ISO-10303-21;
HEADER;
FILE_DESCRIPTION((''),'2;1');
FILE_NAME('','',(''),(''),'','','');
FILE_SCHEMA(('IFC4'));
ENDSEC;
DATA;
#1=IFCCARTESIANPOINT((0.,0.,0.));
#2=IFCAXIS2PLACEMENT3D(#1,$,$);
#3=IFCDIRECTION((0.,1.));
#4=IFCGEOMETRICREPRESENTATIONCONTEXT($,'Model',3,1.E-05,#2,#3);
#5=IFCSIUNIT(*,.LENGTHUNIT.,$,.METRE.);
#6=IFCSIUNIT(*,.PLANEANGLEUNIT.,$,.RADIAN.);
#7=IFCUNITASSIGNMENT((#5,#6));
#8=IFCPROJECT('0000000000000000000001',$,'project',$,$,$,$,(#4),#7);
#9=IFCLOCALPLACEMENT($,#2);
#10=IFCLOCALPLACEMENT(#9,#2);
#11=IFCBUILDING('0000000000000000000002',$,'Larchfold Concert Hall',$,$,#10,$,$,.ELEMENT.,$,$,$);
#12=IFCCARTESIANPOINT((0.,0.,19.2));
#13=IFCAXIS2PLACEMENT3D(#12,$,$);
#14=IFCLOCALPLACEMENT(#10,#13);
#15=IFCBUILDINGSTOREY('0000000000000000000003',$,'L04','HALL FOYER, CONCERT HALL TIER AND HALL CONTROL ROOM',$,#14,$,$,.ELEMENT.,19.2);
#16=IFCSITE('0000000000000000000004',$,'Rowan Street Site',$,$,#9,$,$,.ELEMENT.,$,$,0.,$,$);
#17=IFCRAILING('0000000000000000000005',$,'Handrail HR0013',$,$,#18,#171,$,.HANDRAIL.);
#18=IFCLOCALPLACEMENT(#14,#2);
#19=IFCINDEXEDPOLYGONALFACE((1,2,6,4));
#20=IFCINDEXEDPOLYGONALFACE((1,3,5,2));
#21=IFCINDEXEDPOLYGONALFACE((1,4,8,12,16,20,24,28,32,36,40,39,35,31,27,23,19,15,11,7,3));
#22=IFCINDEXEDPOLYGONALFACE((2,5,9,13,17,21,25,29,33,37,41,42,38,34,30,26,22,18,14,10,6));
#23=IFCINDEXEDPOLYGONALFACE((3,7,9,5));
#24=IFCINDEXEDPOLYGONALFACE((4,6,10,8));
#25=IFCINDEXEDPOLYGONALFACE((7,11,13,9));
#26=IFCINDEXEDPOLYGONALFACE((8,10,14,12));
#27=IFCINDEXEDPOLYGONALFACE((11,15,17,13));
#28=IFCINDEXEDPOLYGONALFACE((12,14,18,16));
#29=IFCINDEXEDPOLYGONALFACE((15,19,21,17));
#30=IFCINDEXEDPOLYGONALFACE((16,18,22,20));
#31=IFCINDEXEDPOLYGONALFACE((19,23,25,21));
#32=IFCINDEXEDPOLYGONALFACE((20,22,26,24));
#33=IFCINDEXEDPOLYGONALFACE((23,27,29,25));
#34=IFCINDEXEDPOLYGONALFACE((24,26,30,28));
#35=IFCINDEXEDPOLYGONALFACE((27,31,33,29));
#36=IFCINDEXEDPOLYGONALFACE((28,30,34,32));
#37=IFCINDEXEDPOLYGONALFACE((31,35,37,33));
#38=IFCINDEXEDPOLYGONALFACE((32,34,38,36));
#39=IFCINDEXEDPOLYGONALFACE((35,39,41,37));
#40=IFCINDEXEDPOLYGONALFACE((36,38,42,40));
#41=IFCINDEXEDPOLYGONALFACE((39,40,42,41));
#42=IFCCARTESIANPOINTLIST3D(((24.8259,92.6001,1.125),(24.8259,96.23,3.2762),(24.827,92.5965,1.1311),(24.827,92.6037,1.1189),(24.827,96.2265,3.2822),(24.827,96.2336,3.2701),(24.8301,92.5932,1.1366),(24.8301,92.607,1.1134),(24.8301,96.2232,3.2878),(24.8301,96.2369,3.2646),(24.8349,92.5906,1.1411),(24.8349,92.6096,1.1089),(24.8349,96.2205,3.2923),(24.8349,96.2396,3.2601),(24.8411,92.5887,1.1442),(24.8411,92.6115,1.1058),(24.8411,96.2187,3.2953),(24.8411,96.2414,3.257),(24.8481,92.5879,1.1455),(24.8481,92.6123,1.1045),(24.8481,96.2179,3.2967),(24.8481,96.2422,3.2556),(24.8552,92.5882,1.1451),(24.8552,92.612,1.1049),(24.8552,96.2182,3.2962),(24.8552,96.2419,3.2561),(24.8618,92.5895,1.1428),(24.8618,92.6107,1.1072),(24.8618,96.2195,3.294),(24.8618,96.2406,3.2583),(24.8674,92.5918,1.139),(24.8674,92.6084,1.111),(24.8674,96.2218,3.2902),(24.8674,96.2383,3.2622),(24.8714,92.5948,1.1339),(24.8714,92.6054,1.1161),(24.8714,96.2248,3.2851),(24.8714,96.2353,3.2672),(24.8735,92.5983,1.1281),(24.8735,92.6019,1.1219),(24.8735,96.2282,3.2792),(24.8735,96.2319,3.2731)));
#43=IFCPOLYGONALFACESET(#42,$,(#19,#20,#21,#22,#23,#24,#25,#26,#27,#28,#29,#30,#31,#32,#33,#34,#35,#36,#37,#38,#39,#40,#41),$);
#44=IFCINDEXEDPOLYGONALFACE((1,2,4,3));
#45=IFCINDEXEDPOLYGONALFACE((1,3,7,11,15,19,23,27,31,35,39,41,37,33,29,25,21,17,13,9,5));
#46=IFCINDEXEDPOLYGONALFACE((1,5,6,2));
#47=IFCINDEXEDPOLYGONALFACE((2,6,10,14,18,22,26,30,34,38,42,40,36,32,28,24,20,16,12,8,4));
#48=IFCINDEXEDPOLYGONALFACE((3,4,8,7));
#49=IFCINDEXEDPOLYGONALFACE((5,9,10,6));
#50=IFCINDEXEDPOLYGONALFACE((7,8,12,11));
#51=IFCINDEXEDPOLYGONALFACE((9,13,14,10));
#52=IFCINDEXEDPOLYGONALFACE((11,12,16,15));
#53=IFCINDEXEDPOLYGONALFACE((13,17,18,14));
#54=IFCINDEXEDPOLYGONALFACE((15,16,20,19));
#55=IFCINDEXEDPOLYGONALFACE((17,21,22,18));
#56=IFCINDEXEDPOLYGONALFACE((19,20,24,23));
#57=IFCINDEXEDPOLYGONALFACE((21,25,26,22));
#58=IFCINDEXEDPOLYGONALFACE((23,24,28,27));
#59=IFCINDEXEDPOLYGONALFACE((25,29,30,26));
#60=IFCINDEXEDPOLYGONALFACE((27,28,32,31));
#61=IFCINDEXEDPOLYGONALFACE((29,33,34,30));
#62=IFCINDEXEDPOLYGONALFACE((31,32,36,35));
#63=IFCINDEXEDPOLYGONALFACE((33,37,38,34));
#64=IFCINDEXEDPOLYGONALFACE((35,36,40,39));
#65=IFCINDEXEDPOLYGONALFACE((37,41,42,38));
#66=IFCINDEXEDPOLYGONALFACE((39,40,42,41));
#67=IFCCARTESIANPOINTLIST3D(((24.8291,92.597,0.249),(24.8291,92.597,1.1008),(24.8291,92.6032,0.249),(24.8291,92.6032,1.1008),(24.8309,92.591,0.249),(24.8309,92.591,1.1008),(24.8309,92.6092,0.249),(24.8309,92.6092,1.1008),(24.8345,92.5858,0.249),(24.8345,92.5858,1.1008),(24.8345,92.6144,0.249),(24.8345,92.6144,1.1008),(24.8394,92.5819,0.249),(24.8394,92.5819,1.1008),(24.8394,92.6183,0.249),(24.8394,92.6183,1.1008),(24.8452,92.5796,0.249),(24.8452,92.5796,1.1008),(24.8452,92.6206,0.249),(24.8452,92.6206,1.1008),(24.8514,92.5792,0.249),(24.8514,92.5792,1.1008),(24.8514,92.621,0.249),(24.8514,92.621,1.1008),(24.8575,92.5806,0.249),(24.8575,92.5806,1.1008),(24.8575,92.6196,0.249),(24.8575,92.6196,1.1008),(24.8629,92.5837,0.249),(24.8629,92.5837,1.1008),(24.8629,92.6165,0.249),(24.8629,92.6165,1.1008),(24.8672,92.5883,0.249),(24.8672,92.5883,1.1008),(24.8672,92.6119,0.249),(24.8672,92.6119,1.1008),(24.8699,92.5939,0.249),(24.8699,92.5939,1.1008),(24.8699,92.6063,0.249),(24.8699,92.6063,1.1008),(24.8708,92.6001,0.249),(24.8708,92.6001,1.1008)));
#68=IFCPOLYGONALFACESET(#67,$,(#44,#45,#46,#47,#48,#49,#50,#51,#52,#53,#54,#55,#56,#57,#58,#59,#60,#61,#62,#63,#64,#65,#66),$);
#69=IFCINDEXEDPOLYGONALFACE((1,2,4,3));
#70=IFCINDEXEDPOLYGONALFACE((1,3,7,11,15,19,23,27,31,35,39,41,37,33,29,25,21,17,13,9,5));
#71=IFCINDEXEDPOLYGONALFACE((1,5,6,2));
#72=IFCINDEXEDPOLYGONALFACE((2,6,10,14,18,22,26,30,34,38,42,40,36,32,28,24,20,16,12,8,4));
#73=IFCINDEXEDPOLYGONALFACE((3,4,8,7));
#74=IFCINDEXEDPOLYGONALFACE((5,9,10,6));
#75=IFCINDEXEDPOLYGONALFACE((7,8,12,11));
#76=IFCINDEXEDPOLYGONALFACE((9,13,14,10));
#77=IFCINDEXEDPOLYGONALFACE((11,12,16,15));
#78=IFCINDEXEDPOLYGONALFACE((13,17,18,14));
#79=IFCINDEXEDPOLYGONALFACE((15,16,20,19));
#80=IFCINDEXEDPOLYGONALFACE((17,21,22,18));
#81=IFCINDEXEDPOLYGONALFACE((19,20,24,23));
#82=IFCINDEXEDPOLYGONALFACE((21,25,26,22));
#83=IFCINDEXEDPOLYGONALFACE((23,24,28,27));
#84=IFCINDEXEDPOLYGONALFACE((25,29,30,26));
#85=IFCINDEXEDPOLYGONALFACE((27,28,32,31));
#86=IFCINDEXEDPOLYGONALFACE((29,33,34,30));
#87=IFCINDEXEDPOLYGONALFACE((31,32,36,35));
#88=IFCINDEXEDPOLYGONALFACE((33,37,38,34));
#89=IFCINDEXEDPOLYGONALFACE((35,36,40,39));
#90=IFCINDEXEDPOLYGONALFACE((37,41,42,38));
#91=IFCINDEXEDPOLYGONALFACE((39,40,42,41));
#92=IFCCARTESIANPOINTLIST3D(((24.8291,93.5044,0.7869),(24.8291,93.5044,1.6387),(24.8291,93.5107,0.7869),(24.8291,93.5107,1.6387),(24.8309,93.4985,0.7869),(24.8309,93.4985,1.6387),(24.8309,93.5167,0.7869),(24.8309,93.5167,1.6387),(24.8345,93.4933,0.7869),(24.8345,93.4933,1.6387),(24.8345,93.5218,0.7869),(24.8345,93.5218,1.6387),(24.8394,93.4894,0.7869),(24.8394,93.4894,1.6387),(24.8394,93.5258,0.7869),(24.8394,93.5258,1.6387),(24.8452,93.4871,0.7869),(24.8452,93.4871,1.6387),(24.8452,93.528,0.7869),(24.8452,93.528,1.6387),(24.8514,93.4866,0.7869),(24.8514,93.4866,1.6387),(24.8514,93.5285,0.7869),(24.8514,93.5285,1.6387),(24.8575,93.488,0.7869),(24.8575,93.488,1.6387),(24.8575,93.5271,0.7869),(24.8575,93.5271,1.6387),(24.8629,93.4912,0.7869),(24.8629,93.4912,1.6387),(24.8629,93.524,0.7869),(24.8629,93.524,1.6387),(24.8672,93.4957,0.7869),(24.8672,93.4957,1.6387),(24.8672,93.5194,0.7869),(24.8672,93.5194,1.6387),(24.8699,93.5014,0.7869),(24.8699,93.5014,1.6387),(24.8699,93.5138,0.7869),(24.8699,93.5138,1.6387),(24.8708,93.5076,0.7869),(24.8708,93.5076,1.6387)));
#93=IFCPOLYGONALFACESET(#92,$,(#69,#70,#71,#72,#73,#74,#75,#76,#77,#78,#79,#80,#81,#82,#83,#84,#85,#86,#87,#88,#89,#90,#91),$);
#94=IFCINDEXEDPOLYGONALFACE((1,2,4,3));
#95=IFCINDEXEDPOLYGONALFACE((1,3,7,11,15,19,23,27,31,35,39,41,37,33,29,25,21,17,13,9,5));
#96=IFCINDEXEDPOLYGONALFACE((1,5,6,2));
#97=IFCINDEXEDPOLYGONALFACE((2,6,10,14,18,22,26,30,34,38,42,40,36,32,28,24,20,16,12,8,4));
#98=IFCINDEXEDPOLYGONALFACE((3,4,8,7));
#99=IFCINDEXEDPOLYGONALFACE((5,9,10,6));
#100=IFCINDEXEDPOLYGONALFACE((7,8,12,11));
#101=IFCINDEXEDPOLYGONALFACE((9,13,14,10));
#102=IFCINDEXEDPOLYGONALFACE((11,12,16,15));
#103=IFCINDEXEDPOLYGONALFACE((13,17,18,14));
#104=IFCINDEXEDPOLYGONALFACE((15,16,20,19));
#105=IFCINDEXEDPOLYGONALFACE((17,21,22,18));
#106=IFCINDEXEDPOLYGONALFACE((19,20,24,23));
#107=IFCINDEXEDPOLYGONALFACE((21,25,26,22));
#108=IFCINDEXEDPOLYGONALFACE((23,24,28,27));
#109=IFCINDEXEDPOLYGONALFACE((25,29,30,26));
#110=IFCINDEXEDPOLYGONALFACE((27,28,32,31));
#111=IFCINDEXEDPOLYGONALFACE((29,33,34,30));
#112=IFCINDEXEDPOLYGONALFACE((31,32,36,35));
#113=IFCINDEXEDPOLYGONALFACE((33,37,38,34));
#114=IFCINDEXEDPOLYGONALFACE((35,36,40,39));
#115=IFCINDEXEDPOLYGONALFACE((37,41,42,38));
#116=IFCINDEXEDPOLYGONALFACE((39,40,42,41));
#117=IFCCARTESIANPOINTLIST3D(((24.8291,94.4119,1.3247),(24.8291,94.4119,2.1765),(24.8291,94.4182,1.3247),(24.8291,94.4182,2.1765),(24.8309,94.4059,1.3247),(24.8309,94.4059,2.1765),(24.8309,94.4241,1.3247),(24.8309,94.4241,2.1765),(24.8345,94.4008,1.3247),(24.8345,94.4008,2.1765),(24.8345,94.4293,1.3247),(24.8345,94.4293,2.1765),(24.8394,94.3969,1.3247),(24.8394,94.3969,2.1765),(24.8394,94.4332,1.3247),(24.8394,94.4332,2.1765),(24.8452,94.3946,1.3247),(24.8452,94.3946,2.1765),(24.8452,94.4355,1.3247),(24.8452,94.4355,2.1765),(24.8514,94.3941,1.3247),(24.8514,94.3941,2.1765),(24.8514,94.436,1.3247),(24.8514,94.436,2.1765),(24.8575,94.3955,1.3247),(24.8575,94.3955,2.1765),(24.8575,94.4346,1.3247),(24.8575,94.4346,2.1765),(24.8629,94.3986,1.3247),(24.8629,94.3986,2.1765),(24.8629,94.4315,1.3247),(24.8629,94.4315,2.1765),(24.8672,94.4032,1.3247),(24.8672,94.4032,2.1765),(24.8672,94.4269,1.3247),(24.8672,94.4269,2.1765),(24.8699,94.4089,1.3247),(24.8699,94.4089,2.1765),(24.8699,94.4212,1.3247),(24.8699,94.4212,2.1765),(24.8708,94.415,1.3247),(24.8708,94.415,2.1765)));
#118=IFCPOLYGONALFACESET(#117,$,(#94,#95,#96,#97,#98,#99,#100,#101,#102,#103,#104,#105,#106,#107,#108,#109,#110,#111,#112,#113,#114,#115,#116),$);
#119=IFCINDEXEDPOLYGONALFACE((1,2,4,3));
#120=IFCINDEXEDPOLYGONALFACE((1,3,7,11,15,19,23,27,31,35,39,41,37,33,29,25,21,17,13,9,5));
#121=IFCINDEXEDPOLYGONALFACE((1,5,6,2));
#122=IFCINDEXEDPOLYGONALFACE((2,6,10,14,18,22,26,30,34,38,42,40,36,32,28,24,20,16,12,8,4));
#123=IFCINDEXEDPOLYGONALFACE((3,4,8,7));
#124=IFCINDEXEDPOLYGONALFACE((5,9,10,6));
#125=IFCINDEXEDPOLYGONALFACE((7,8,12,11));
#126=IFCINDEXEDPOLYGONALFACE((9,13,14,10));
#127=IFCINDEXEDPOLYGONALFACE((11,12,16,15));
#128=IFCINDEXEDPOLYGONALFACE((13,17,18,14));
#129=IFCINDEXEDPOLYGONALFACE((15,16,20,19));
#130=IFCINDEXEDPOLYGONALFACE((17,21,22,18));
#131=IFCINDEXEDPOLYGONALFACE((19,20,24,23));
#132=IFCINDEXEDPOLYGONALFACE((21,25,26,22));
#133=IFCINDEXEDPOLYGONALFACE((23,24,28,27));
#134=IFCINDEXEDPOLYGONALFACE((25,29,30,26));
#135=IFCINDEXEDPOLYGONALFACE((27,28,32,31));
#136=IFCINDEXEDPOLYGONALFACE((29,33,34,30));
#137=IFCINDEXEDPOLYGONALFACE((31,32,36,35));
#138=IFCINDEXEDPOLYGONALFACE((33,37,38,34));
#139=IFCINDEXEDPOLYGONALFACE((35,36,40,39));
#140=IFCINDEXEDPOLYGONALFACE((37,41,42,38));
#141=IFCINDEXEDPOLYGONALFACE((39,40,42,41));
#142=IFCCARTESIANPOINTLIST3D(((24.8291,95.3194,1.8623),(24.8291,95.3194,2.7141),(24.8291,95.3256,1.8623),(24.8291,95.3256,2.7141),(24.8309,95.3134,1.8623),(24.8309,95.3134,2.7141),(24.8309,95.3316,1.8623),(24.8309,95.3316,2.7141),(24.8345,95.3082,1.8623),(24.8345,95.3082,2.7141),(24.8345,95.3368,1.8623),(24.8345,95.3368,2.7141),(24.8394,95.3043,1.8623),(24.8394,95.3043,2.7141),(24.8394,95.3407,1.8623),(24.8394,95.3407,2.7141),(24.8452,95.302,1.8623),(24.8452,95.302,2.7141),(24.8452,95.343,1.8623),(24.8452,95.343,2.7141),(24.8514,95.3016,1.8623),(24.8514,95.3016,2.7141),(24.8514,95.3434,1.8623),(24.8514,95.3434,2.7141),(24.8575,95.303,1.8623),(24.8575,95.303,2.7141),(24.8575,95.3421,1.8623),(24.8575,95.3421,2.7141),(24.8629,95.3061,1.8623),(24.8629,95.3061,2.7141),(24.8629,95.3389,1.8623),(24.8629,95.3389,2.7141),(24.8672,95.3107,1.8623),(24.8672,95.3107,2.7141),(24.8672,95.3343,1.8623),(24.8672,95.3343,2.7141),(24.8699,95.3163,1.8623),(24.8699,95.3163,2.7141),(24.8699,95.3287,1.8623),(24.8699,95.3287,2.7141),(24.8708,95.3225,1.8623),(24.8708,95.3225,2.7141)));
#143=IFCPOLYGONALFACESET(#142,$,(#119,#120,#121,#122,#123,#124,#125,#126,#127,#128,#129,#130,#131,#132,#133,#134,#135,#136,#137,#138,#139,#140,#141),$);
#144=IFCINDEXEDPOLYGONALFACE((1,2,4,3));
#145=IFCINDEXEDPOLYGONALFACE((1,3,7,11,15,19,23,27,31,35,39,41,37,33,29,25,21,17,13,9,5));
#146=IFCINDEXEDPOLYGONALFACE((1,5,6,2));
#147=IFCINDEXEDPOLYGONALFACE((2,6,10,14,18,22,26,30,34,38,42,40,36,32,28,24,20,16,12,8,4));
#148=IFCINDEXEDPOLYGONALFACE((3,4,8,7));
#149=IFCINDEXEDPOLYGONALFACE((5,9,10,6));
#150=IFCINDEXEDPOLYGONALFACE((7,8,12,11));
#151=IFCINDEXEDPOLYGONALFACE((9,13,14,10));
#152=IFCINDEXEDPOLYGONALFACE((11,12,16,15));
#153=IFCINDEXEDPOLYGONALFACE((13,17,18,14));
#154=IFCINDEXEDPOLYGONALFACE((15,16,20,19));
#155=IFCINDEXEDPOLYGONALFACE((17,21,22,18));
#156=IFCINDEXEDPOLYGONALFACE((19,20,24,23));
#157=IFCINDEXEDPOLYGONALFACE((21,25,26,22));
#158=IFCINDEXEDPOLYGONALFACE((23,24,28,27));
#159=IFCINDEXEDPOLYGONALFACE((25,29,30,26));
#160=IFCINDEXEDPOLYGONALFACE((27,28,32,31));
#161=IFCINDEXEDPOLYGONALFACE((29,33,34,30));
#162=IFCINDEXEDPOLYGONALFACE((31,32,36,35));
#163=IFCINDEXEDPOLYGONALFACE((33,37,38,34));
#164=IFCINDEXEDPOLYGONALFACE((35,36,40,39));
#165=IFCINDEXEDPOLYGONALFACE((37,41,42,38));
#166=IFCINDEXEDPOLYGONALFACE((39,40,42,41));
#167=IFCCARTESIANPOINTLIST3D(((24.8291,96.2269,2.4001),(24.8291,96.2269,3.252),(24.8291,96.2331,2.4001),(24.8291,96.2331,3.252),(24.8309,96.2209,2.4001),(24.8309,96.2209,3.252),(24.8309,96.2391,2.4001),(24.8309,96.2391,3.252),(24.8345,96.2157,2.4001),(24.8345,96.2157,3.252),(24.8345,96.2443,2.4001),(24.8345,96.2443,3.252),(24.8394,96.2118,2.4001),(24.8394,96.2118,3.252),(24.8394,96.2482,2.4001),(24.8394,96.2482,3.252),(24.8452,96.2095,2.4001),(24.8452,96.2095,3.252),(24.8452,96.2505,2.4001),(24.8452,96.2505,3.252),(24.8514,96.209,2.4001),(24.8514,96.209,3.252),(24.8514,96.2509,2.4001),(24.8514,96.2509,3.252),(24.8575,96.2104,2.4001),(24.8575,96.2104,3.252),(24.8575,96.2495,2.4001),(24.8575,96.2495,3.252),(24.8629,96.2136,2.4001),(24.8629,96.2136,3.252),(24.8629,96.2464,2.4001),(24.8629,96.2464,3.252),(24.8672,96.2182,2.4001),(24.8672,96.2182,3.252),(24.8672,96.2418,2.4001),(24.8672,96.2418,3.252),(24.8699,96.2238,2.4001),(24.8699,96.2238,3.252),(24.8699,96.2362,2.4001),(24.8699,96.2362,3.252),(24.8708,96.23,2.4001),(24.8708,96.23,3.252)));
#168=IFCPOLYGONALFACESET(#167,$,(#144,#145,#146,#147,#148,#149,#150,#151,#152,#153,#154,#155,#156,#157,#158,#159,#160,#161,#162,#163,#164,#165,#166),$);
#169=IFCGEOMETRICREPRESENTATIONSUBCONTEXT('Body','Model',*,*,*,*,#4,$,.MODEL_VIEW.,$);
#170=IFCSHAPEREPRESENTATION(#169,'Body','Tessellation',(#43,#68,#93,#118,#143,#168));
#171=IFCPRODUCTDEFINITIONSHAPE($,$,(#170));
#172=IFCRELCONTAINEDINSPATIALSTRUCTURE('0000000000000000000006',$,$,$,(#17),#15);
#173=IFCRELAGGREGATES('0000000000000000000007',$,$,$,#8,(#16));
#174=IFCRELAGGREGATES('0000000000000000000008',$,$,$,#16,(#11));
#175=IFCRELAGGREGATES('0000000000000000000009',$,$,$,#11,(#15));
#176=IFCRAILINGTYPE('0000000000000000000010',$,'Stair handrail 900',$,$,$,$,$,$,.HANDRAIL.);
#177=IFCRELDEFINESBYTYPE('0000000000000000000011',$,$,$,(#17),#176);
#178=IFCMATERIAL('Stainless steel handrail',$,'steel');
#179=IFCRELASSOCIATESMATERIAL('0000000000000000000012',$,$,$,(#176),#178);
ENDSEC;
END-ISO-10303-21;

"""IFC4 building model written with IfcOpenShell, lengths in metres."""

from ifc_helpers import new_model, si_unit, direction, frame, origin, origin_2d, place, context, subcontext, project, spatial, circle, extrude, material, type_object, element, save


model = new_model("IFC4")

# Units and contexts
model_context = context("Model", 3, precision=1e-05, world=origin(), true_north=direction((0.0, 1.0)))
body_context = subcontext(model_context, "Body", "Model", "MODEL_VIEW")
ifc_project = project(units=[si_unit("LENGTHUNIT", "METRE"), si_unit("PLANEANGLEUNIT", "RADIAN")], contexts=[model_context])

# Site, building, storey
site_placement = place(None, origin())
site = spatial("IfcSite", under=ifc_project, at=site_placement, Name="Rowan Street Site", CompositionType="ELEMENT", RefElevation=0.0)
building_placement = place(site_placement, origin())
building = spatial("IfcBuilding", under=site, at=building_placement, Name="Larchfold Concert Hall", CompositionType="ELEMENT")
storey_placement = place(building_placement, frame((0.0, 0.0, 19.2)))
storey = spatial("IfcBuildingStorey", under=building, at=storey_placement, Name="L04", Description="HALL FOYER, CONCERT HALL TIER AND HALL CONTROL ROOM", CompositionType="ELEMENT", Elevation=19.2)

# Railing
ifc_material_1 = material(Name="Stainless steel handrail", Category="steel")
railing_type_1 = type_object("IfcRailingType", Name="Stair handrail 900", PredefinedType="HANDRAIL", material=ifc_material_1)
railing_1_placement = place(storey_placement, frame((24.8499, 92.6001, 0.249)))
element("IfcRailing", 1, at=railing_1_placement, inside=storey, type_object=railing_type_1, Name="Handrail HR0013", PredefinedType="HANDRAIL", context=body_context, shape_type="SweptSolid", body=[
    extrude(circle(Radius=0.0239, at=origin_2d()), frame((0.0, 0.0, 0.876), z_axis=(0.0, 0.860283, 0.509817), x_axis=(-1.0, 0.0, 0.0)), (0.0, 0.0, 1.0), 4.2195),
    extrude(circle(Radius=0.021, at=origin_2d()), origin(), (0.0, 0.0, 1.0), 0.8518),
    extrude(circle(Radius=0.021, at=origin_2d()), frame((0.0, 0.9075, 0.5378)), (0.0, 0.0, 1.0), 0.8518),
    extrude(circle(Radius=0.021, at=origin_2d()), frame((0.0, 1.8149, 1.0757)), (0.0, 0.0, 1.0), 0.8518),
    extrude(circle(Radius=0.021, at=origin_2d()), frame((0.0, 2.7224, 1.6133)), (0.0, 0.0, 1.0), 0.8518),
    extrude(circle(Radius=0.021, at=origin_2d()), frame((0.0, 3.6299, 2.1511)), (0.0, 0.0, 1.0), 0.8518),
])

save(model, "model.ifc")
